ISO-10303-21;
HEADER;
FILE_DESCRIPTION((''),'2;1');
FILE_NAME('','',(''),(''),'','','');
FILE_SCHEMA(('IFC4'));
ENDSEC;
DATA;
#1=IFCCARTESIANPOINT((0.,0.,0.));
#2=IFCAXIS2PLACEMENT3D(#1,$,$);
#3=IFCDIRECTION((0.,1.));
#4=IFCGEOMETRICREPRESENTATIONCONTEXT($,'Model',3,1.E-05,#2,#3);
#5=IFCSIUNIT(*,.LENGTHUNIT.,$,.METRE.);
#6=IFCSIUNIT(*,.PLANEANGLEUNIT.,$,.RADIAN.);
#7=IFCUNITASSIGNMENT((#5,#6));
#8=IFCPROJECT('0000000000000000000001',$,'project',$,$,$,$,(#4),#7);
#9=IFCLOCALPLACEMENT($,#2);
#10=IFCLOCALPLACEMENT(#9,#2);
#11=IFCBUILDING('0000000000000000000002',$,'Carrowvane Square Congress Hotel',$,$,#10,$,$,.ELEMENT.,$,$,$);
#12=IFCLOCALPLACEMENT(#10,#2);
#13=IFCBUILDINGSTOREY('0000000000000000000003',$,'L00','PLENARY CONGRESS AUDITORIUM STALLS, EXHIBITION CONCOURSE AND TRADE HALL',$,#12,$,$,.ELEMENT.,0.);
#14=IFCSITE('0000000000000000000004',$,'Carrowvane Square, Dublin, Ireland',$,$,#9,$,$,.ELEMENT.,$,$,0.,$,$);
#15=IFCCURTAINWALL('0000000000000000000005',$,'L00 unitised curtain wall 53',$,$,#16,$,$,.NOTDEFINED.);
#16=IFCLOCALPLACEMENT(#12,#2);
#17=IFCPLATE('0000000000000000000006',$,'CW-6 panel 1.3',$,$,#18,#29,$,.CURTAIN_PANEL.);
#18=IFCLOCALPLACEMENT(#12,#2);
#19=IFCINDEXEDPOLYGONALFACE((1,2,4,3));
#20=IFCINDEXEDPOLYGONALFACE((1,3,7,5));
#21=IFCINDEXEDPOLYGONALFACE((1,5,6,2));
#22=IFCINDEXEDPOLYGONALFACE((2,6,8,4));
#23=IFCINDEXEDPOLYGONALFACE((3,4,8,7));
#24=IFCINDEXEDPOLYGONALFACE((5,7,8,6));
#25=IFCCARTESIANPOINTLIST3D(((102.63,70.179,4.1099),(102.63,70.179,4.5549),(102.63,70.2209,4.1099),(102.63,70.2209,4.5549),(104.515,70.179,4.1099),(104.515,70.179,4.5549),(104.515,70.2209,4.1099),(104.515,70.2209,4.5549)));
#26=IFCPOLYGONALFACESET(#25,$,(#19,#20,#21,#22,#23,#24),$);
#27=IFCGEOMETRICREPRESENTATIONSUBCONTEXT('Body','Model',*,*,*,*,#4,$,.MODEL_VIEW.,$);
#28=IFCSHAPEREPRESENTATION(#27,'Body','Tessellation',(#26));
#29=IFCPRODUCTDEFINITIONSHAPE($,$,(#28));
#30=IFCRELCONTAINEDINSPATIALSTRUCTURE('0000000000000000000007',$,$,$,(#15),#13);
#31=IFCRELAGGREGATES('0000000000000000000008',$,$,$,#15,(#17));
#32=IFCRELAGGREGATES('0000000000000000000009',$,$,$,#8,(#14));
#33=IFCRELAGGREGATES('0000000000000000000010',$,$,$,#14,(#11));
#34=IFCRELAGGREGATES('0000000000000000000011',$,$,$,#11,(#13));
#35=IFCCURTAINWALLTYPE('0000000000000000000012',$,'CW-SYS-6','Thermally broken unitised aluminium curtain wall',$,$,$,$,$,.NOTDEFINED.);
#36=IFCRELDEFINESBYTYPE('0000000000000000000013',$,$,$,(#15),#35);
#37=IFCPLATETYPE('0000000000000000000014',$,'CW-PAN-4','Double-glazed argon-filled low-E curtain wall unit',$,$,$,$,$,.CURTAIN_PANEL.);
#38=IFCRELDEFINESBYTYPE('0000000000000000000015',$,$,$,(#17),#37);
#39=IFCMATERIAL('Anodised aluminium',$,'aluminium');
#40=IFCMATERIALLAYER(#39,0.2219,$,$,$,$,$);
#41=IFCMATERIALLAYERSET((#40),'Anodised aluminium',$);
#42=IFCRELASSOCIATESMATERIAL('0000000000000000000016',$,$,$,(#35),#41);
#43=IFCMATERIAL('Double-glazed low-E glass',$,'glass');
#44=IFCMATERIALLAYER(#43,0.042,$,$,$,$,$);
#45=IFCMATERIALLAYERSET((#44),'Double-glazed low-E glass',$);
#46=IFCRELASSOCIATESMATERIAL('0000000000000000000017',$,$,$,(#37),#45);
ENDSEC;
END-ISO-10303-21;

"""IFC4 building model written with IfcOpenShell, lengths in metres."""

from ifc_helpers import new_model, si_unit, direction, frame, origin, origin_2d, place, context, subcontext, project, spatial, rectangle, extrude, material, layer, layer_set, type_object, element, aggregate, save


model = new_model("IFC4")

# Units and contexts
model_context = context("Model", 3, precision=1e-05, world=origin(), true_north=direction((0.0, 1.0)))
body_context = subcontext(model_context, "Body", "Model", "MODEL_VIEW")
ifc_project = project(units=[si_unit("LENGTHUNIT", "METRE"), si_unit("PLANEANGLEUNIT", "RADIAN")], contexts=[model_context])

# Site, building, storey
site_placement = place(None, origin())
site = spatial("IfcSite", under=ifc_project, at=site_placement, Name="Carrowvane Square, Dublin, Ireland", CompositionType="ELEMENT", RefElevation=0.0)
building_placement = place(site_placement, origin())
building = spatial("IfcBuilding", under=site, at=building_placement, Name="Carrowvane Square Congress Hotel", CompositionType="ELEMENT")
storey_placement = place(building_placement, origin())
storey = spatial("IfcBuildingStorey", under=building, at=storey_placement, Name="L00", Description="PLENARY CONGRESS AUDITORIUM STALLS, EXHIBITION CONCOURSE AND TRADE HALL", CompositionType="ELEMENT", Elevation=0.0)

# Curtain wall
ifc_material_1 = material(Name="Anodised aluminium", Category="aluminium")
ifc_layer_1 = layer(ifc_material_1, 0.2219)
ifc_layer_set_1 = layer_set([ifc_layer_1], Name="Anodised aluminium")
curtain_wall_type_1 = type_object("IfcCurtainWallType", Name="CW-SYS-6", Description="Thermally broken unitised aluminium curtain wall", PredefinedType="NOTDEFINED", material=ifc_layer_set_1)
curtain_wall_1_placement = place(storey_placement, origin())
curtain_wall_1 = element("IfcCurtainWall", 1, at=curtain_wall_1_placement, inside=storey, type_object=curtain_wall_type_1, Name="L00 unitised curtain wall 53", PredefinedType="NOTDEFINED")

# Plate
ifc_material_2 = material(Name="Double-glazed low-E glass", Category="glass")
ifc_layer_2 = layer(ifc_material_2, 0.042)
ifc_layer_set_2 = layer_set([ifc_layer_2], Name="Double-glazed low-E glass")
plate_type_1 = type_object("IfcPlateType", Name="CW-PAN-4", Description="Double-glazed argon-filled low-E curtain wall unit", PredefinedType="CURTAIN_PANEL", material=ifc_layer_set_2)
plate_1_placement = place(storey_placement, frame((103.5725, 70.2, 4.1099), z_axis=(0.0, 0.0, 1.0), x_axis=(-1.0, 0.0, 0.0)))
plate_1 = element("IfcPlate", 2, at=plate_1_placement, type_object=plate_type_1, Name="CW-6 panel 1.3", PredefinedType="CURTAIN_PANEL", context=body_context, shape_type="SweptSolid", body=[
    extrude(rectangle(XDim=1.885, YDim=0.042, at=origin_2d()), origin(), (0.0, 0.0, 1.0), 0.4451),
])
aggregate(curtain_wall_1, [plate_1])

save(model, "model.ifc")
